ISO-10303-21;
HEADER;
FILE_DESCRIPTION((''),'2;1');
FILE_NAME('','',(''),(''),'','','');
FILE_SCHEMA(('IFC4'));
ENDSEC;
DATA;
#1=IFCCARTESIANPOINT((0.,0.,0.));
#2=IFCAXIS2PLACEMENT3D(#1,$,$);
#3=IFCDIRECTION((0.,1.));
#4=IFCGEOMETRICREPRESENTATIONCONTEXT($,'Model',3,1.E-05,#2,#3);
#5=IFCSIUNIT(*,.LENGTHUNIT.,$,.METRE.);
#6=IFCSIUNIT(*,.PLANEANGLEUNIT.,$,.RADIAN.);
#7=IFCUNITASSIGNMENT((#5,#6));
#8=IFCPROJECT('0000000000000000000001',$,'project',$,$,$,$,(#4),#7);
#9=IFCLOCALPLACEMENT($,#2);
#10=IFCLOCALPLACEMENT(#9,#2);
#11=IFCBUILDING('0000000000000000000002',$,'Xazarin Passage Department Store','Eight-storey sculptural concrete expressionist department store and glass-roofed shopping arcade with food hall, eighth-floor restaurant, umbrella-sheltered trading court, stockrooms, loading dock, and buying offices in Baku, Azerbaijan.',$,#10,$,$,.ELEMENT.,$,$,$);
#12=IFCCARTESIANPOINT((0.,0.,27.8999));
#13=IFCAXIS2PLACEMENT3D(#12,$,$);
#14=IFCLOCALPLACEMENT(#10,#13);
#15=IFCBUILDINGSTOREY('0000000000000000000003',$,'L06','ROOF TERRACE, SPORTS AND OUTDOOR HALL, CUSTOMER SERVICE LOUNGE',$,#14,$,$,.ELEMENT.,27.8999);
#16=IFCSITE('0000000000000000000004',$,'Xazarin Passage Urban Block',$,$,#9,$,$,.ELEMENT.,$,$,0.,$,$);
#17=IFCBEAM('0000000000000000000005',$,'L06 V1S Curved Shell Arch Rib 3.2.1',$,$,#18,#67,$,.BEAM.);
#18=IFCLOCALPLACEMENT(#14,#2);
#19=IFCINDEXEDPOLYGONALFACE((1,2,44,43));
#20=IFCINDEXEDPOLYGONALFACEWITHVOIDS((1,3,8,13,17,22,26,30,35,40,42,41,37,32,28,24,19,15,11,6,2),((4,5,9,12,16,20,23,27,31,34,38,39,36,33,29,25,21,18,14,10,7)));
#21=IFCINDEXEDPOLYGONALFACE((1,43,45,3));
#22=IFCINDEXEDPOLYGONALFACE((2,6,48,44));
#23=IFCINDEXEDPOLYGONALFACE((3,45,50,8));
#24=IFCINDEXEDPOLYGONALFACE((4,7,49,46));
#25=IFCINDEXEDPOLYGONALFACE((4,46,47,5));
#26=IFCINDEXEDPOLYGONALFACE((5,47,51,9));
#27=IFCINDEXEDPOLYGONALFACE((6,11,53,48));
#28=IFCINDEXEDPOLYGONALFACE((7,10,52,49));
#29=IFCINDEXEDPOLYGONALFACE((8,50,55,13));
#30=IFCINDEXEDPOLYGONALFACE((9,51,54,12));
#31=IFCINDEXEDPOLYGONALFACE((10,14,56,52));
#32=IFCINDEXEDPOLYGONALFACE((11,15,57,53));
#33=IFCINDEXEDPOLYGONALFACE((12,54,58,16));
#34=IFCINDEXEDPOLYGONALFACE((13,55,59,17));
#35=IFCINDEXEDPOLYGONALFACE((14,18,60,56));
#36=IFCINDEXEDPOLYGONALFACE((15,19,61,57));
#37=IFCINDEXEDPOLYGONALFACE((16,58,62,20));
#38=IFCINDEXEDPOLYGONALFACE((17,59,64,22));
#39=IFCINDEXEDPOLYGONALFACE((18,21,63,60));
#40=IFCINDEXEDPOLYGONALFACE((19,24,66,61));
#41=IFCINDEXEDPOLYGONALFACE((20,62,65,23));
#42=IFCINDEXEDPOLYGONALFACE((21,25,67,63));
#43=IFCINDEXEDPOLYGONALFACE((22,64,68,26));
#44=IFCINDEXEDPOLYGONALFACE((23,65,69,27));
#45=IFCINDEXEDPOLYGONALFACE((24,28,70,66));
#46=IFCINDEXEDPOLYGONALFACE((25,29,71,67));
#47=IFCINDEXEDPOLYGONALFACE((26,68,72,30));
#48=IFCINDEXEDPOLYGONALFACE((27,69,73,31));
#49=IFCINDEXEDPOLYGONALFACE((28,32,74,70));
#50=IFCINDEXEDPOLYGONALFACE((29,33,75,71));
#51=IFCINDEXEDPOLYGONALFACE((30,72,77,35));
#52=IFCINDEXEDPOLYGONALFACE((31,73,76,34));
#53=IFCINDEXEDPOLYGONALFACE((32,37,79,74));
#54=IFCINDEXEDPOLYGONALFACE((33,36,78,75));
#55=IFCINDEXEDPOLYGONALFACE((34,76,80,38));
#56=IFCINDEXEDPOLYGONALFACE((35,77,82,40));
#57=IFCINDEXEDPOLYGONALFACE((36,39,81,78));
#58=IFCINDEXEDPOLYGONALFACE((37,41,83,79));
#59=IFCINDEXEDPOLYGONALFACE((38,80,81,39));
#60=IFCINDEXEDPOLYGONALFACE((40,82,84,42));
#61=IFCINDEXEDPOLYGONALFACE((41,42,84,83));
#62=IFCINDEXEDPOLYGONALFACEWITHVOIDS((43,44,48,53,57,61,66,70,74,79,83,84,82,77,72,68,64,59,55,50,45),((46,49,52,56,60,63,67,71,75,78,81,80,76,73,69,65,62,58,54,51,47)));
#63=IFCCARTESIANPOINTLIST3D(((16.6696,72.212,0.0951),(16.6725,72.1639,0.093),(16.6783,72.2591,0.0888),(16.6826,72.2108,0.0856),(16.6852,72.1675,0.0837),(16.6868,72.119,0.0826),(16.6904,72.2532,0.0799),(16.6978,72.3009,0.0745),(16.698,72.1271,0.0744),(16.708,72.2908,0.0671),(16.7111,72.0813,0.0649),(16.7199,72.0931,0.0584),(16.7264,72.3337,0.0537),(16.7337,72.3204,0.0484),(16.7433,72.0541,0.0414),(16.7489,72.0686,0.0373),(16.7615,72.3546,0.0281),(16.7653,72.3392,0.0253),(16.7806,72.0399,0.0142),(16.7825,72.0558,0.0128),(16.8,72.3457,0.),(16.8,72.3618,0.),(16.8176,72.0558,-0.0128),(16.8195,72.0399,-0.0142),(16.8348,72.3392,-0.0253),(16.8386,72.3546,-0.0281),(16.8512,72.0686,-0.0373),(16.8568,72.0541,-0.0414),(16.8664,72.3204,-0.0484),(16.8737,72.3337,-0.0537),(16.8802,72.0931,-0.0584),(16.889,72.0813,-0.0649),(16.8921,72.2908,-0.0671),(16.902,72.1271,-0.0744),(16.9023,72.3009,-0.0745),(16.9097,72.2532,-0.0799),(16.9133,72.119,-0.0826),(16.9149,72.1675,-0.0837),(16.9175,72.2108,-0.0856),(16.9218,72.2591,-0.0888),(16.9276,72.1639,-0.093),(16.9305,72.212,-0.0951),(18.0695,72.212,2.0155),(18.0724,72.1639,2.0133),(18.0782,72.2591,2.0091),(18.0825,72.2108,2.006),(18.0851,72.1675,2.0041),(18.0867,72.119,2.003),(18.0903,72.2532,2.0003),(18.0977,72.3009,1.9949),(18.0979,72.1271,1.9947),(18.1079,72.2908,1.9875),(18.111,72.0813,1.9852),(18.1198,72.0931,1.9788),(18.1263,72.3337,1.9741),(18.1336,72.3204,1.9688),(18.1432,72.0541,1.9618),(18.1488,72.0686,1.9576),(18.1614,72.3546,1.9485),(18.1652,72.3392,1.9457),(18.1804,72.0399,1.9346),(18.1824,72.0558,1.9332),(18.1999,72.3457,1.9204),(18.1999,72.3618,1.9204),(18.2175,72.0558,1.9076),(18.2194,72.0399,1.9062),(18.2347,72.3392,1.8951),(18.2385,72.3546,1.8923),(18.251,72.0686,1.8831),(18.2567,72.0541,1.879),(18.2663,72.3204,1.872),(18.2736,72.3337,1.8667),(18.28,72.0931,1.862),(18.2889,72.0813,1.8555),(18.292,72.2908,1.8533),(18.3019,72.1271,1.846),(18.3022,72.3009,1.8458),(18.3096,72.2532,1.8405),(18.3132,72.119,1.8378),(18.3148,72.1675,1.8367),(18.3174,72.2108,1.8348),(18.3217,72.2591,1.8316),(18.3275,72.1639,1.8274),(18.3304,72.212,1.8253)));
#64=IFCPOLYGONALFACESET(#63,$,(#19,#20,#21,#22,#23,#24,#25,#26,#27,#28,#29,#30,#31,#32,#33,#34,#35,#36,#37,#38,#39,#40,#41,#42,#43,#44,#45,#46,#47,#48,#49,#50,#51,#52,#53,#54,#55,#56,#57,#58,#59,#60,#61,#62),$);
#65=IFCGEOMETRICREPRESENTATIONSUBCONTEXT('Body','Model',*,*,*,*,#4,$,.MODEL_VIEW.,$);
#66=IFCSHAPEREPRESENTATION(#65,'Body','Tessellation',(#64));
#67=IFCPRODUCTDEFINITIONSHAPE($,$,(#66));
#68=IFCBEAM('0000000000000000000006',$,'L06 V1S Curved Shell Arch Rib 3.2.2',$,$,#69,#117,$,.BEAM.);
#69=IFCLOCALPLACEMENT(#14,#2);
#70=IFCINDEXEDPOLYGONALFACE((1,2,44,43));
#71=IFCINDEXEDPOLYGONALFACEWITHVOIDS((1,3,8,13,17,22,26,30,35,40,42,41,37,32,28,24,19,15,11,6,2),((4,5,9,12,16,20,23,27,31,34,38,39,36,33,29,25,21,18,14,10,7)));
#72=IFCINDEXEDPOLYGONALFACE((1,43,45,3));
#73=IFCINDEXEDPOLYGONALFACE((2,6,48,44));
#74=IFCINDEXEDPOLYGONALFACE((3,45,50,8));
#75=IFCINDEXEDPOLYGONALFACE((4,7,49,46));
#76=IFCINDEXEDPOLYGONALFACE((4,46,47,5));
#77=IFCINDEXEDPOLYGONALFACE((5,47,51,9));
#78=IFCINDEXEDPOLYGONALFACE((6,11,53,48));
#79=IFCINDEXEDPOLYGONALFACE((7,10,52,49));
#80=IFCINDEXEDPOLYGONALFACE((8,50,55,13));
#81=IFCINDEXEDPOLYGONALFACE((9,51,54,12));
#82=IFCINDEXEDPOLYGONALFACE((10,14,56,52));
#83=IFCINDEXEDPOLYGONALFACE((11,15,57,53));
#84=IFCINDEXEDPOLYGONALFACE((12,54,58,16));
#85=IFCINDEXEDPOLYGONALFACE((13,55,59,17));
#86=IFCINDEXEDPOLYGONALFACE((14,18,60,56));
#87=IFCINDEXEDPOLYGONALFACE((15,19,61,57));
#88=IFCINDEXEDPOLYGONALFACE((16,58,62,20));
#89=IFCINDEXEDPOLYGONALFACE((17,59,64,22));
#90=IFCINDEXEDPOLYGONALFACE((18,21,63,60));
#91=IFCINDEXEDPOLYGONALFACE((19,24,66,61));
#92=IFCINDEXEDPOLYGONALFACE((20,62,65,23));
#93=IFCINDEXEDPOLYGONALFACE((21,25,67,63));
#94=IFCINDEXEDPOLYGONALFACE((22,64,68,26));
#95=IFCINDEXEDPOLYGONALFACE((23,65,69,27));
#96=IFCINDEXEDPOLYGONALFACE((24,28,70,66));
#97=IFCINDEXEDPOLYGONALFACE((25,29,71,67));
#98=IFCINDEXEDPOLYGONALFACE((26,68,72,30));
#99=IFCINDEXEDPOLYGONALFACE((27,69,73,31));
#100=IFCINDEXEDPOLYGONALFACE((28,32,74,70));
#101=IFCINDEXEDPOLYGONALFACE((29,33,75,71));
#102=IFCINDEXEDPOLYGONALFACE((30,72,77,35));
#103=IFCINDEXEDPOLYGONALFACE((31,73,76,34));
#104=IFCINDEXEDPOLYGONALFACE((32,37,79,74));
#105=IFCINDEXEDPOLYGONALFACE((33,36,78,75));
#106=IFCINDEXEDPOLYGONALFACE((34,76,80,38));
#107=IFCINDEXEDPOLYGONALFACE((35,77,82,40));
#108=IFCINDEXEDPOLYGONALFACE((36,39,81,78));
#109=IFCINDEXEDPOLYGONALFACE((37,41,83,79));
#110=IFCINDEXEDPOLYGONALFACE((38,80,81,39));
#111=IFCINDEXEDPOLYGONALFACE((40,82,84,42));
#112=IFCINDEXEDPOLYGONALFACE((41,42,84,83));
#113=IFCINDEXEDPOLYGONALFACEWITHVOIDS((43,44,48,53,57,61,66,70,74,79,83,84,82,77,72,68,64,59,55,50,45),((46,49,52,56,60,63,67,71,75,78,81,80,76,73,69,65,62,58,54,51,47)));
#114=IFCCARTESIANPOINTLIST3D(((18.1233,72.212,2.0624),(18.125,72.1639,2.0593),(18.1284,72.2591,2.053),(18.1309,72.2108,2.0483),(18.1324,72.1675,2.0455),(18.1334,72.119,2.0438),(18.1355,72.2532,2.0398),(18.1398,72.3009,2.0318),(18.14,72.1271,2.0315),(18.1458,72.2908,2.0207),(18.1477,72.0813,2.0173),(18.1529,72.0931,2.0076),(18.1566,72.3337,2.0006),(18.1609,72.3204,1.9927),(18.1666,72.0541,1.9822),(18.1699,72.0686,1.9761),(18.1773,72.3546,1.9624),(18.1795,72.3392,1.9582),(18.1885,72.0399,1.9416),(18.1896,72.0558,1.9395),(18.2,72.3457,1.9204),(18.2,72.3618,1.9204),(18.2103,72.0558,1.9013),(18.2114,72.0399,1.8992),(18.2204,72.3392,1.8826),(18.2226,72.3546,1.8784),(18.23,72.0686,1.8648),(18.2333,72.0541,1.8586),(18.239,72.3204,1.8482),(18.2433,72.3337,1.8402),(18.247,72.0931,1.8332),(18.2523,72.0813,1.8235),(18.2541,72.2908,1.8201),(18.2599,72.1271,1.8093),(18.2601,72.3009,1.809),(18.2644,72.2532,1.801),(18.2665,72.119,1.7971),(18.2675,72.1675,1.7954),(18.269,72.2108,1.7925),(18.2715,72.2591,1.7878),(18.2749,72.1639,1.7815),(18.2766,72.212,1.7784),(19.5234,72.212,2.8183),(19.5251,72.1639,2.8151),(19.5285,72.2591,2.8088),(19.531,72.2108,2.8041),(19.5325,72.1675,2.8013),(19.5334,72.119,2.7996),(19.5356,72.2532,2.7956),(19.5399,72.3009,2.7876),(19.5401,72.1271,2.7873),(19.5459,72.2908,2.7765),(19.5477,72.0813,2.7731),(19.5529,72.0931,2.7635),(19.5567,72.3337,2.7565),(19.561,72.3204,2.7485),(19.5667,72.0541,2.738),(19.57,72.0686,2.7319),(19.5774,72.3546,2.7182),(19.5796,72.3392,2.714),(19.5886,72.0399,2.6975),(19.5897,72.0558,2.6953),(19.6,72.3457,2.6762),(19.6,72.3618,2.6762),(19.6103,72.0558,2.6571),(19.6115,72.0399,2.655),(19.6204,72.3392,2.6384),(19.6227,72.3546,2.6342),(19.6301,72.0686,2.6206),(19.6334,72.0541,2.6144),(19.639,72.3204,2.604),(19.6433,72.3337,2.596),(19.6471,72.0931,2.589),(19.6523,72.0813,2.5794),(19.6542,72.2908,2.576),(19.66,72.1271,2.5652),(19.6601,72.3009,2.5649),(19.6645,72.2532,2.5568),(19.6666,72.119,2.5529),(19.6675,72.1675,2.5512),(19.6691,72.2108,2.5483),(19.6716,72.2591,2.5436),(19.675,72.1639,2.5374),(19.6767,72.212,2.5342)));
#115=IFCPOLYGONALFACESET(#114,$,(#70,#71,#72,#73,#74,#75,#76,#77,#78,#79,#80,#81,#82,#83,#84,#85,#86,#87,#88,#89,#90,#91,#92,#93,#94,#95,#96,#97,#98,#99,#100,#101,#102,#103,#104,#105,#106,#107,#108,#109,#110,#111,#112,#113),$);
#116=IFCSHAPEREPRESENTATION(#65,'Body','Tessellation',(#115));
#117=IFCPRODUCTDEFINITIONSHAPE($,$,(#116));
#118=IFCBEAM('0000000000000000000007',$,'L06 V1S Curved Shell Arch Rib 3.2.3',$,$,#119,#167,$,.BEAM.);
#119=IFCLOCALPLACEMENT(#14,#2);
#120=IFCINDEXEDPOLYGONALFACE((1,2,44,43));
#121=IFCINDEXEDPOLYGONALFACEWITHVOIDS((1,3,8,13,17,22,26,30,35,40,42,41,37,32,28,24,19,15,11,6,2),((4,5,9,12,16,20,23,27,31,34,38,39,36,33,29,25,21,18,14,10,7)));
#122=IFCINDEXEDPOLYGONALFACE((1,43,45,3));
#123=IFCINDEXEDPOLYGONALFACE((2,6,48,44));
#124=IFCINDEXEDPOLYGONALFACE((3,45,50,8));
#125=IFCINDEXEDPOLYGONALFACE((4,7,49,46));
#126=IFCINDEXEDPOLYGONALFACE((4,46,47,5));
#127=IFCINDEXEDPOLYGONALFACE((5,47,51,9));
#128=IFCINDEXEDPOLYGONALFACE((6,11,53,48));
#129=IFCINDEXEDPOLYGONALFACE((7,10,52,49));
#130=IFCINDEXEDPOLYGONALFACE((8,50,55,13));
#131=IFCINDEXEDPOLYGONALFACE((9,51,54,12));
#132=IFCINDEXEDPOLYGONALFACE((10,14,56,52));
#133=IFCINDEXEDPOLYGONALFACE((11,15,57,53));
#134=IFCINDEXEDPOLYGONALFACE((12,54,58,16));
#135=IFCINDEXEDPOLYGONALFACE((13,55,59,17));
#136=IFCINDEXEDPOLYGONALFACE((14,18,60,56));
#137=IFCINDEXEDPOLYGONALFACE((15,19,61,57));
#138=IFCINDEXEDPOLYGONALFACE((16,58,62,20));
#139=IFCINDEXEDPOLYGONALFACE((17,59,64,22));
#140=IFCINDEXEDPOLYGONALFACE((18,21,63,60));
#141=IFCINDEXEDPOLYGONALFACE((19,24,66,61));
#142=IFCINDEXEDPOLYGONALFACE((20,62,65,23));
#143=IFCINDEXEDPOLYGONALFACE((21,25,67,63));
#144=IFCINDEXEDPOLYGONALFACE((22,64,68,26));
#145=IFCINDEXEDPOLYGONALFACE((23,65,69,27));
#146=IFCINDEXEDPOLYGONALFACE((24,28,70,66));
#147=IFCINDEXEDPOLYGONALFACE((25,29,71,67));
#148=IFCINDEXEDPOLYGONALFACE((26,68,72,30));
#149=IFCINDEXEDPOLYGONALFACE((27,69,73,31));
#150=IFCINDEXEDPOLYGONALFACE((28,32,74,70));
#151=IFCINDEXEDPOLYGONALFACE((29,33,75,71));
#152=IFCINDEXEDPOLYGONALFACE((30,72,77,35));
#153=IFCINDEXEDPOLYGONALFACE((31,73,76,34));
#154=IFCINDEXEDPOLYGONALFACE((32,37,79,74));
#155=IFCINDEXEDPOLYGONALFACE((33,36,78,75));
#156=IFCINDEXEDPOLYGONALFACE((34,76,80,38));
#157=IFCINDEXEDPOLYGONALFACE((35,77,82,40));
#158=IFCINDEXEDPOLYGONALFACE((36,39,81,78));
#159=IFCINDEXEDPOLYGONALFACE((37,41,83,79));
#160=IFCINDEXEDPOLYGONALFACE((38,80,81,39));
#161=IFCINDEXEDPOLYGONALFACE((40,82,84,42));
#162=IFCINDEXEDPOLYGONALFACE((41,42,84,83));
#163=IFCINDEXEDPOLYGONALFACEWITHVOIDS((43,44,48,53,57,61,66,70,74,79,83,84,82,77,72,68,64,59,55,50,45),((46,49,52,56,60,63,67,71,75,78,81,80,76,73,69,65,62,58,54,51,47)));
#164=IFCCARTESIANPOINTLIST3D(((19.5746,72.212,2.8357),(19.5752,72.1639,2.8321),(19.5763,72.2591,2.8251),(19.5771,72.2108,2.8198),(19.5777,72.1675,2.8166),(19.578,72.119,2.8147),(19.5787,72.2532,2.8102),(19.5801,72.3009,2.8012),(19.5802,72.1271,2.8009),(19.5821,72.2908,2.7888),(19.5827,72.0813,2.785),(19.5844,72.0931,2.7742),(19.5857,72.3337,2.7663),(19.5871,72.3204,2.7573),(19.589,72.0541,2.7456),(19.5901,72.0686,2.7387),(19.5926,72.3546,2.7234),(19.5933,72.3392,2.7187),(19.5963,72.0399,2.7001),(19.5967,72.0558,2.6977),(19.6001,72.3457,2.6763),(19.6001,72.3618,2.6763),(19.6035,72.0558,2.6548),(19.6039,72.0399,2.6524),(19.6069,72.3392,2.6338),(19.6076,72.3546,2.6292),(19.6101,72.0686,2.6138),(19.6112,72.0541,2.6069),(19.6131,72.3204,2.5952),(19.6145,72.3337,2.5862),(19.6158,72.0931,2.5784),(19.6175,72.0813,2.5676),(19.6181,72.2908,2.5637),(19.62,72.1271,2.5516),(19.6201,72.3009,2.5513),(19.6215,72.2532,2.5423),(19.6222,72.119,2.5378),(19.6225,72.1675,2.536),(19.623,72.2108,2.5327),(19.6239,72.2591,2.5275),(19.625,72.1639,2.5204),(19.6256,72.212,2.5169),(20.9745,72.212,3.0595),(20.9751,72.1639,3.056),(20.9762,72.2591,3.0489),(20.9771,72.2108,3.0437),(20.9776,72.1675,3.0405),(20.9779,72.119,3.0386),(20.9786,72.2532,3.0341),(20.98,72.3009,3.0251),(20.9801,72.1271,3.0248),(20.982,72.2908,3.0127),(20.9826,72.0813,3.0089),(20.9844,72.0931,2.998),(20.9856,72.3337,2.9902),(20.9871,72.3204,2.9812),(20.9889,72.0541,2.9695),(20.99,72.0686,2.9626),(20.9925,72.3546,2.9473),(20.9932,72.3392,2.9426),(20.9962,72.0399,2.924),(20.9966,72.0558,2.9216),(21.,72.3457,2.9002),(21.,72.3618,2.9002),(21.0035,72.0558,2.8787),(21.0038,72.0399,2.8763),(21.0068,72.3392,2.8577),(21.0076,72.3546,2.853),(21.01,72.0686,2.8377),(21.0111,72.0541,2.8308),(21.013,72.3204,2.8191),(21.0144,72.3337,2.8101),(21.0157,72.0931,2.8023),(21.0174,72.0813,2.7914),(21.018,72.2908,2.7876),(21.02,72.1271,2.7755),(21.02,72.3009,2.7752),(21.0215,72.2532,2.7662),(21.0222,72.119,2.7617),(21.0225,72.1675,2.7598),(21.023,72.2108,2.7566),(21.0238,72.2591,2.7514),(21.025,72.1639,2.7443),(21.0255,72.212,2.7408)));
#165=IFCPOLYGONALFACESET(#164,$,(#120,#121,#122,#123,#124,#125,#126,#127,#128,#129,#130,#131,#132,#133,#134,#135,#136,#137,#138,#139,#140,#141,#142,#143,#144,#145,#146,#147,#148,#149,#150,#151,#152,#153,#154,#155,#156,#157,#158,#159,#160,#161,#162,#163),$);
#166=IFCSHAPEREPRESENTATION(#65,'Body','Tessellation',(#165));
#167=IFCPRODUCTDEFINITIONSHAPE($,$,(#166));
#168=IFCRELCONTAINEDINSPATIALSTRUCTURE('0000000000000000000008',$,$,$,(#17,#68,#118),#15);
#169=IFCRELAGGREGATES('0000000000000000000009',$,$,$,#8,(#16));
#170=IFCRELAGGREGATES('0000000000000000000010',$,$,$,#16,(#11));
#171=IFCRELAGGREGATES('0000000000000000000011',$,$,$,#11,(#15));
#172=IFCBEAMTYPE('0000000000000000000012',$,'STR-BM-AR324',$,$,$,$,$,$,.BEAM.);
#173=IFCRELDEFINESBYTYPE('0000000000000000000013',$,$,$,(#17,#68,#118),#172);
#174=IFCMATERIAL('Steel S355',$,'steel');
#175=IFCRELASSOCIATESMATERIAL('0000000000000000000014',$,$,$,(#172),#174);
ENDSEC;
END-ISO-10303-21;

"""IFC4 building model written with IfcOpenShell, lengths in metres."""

from ifc_helpers import new_model, si_unit, direction, frame, origin, origin_2d, place, context, subcontext, project, spatial, hollow_circle, extrude, material, material_profile, profile_set, type_object, element, save


model = new_model("IFC4")

# Units and contexts
model_context = context("Model", 3, precision=1e-05, world=origin(), true_north=direction((0.0, 1.0)))
body_context = subcontext(model_context, "Body", "Model", "MODEL_VIEW")
ifc_project = project(units=[si_unit("LENGTHUNIT", "METRE"), si_unit("PLANEANGLEUNIT", "RADIAN")], contexts=[model_context])

# Site, building, storey
site_placement = place(None, origin())
site = spatial("IfcSite", under=ifc_project, at=site_placement, Name="Xazarin Passage Urban Block", CompositionType="ELEMENT", RefElevation=0.0)
building_placement = place(site_placement, origin())
building = spatial("IfcBuilding", under=site, at=building_placement, Name="Xazarin Passage Department Store", Description="Eight-storey sculptural concrete expressionist department store and glass-roofed shopping arcade with food hall, eighth-floor restaurant, umbrella-sheltered trading court, stockrooms, loading dock, and buying offices in Baku, Azerbaijan.", CompositionType="ELEMENT")
storey_placement = place(building_placement, frame((0.0, 0.0, 27.8999)))
storey = spatial("IfcBuildingStorey", under=building, at=storey_placement, Name="L06", Description="ROOF TERRACE, SPORTS AND OUTDOOR HALL, CUSTOMER SERVICE LOUNGE", CompositionType="ELEMENT", Elevation=27.8999)

# Beams
ifc_material_1 = material(Name="Steel S355", Category="steel")
ifc_material_profile_1 = material_profile(ifc_material_1, hollow_circle(Radius=0.1619, WallThickness=0.0161, at=origin_2d()), Name="CHS 323.9x16")
ifc_profile_set_1 = profile_set([ifc_material_profile_1], Name="Steel S355")
beam_type_1 = type_object("IfcBeamType", Name="STR-BM-AR324", PredefinedType="BEAM", material=ifc_profile_set_1)
beam_1_placement = place(storey_placement, frame((16.8, 72.2, 0.0), z_axis=(0.589063, 0.0, 0.808087), x_axis=(0.0, 1.0, 0.0)))
element("IfcBeam", 1, at=beam_1_placement, inside=storey, type_object=beam_type_1, Name="L06 V1S Curved Shell Arch Rib 3.2.1", PredefinedType="BEAM", context=body_context, shape_type="SweptSolid", body=[
    extrude(hollow_circle(Radius=0.1619, WallThickness=0.0161, at=origin_2d()), origin(), (0.0, 0.0, 1.0), 2.3765),
])
beam_2_placement = place(storey_placement, frame((18.2, 72.2, 1.9204), z_axis=(0.879963, 0.0, 0.475042), x_axis=(0.0, 1.0, 0.0)))
element("IfcBeam", 2, at=beam_2_placement, inside=storey, type_object=beam_type_1, Name="L06 V1S Curved Shell Arch Rib 3.2.2", PredefinedType="BEAM", context=body_context, shape_type="SweptSolid", body=[
    extrude(hollow_circle(Radius=0.1619, WallThickness=0.0161, at=origin_2d()), origin(), (0.0, 0.0, 1.0), 1.5911),
])
beam_3_placement = place(storey_placement, frame((19.6001, 72.2, 2.6763), z_axis=(0.987452, 0.0, 0.157917), x_axis=(0.0, 1.0, 0.0)))
element("IfcBeam", 3, at=beam_3_placement, inside=storey, type_object=beam_type_1, Name="L06 V1S Curved Shell Arch Rib 3.2.3", PredefinedType="BEAM", context=body_context, shape_type="SweptSolid", body=[
    extrude(hollow_circle(Radius=0.1619, WallThickness=0.0161, at=origin_2d()), origin(), (0.0, 0.0, 1.0), 1.4177),
])

save(model, "model.ifc")
